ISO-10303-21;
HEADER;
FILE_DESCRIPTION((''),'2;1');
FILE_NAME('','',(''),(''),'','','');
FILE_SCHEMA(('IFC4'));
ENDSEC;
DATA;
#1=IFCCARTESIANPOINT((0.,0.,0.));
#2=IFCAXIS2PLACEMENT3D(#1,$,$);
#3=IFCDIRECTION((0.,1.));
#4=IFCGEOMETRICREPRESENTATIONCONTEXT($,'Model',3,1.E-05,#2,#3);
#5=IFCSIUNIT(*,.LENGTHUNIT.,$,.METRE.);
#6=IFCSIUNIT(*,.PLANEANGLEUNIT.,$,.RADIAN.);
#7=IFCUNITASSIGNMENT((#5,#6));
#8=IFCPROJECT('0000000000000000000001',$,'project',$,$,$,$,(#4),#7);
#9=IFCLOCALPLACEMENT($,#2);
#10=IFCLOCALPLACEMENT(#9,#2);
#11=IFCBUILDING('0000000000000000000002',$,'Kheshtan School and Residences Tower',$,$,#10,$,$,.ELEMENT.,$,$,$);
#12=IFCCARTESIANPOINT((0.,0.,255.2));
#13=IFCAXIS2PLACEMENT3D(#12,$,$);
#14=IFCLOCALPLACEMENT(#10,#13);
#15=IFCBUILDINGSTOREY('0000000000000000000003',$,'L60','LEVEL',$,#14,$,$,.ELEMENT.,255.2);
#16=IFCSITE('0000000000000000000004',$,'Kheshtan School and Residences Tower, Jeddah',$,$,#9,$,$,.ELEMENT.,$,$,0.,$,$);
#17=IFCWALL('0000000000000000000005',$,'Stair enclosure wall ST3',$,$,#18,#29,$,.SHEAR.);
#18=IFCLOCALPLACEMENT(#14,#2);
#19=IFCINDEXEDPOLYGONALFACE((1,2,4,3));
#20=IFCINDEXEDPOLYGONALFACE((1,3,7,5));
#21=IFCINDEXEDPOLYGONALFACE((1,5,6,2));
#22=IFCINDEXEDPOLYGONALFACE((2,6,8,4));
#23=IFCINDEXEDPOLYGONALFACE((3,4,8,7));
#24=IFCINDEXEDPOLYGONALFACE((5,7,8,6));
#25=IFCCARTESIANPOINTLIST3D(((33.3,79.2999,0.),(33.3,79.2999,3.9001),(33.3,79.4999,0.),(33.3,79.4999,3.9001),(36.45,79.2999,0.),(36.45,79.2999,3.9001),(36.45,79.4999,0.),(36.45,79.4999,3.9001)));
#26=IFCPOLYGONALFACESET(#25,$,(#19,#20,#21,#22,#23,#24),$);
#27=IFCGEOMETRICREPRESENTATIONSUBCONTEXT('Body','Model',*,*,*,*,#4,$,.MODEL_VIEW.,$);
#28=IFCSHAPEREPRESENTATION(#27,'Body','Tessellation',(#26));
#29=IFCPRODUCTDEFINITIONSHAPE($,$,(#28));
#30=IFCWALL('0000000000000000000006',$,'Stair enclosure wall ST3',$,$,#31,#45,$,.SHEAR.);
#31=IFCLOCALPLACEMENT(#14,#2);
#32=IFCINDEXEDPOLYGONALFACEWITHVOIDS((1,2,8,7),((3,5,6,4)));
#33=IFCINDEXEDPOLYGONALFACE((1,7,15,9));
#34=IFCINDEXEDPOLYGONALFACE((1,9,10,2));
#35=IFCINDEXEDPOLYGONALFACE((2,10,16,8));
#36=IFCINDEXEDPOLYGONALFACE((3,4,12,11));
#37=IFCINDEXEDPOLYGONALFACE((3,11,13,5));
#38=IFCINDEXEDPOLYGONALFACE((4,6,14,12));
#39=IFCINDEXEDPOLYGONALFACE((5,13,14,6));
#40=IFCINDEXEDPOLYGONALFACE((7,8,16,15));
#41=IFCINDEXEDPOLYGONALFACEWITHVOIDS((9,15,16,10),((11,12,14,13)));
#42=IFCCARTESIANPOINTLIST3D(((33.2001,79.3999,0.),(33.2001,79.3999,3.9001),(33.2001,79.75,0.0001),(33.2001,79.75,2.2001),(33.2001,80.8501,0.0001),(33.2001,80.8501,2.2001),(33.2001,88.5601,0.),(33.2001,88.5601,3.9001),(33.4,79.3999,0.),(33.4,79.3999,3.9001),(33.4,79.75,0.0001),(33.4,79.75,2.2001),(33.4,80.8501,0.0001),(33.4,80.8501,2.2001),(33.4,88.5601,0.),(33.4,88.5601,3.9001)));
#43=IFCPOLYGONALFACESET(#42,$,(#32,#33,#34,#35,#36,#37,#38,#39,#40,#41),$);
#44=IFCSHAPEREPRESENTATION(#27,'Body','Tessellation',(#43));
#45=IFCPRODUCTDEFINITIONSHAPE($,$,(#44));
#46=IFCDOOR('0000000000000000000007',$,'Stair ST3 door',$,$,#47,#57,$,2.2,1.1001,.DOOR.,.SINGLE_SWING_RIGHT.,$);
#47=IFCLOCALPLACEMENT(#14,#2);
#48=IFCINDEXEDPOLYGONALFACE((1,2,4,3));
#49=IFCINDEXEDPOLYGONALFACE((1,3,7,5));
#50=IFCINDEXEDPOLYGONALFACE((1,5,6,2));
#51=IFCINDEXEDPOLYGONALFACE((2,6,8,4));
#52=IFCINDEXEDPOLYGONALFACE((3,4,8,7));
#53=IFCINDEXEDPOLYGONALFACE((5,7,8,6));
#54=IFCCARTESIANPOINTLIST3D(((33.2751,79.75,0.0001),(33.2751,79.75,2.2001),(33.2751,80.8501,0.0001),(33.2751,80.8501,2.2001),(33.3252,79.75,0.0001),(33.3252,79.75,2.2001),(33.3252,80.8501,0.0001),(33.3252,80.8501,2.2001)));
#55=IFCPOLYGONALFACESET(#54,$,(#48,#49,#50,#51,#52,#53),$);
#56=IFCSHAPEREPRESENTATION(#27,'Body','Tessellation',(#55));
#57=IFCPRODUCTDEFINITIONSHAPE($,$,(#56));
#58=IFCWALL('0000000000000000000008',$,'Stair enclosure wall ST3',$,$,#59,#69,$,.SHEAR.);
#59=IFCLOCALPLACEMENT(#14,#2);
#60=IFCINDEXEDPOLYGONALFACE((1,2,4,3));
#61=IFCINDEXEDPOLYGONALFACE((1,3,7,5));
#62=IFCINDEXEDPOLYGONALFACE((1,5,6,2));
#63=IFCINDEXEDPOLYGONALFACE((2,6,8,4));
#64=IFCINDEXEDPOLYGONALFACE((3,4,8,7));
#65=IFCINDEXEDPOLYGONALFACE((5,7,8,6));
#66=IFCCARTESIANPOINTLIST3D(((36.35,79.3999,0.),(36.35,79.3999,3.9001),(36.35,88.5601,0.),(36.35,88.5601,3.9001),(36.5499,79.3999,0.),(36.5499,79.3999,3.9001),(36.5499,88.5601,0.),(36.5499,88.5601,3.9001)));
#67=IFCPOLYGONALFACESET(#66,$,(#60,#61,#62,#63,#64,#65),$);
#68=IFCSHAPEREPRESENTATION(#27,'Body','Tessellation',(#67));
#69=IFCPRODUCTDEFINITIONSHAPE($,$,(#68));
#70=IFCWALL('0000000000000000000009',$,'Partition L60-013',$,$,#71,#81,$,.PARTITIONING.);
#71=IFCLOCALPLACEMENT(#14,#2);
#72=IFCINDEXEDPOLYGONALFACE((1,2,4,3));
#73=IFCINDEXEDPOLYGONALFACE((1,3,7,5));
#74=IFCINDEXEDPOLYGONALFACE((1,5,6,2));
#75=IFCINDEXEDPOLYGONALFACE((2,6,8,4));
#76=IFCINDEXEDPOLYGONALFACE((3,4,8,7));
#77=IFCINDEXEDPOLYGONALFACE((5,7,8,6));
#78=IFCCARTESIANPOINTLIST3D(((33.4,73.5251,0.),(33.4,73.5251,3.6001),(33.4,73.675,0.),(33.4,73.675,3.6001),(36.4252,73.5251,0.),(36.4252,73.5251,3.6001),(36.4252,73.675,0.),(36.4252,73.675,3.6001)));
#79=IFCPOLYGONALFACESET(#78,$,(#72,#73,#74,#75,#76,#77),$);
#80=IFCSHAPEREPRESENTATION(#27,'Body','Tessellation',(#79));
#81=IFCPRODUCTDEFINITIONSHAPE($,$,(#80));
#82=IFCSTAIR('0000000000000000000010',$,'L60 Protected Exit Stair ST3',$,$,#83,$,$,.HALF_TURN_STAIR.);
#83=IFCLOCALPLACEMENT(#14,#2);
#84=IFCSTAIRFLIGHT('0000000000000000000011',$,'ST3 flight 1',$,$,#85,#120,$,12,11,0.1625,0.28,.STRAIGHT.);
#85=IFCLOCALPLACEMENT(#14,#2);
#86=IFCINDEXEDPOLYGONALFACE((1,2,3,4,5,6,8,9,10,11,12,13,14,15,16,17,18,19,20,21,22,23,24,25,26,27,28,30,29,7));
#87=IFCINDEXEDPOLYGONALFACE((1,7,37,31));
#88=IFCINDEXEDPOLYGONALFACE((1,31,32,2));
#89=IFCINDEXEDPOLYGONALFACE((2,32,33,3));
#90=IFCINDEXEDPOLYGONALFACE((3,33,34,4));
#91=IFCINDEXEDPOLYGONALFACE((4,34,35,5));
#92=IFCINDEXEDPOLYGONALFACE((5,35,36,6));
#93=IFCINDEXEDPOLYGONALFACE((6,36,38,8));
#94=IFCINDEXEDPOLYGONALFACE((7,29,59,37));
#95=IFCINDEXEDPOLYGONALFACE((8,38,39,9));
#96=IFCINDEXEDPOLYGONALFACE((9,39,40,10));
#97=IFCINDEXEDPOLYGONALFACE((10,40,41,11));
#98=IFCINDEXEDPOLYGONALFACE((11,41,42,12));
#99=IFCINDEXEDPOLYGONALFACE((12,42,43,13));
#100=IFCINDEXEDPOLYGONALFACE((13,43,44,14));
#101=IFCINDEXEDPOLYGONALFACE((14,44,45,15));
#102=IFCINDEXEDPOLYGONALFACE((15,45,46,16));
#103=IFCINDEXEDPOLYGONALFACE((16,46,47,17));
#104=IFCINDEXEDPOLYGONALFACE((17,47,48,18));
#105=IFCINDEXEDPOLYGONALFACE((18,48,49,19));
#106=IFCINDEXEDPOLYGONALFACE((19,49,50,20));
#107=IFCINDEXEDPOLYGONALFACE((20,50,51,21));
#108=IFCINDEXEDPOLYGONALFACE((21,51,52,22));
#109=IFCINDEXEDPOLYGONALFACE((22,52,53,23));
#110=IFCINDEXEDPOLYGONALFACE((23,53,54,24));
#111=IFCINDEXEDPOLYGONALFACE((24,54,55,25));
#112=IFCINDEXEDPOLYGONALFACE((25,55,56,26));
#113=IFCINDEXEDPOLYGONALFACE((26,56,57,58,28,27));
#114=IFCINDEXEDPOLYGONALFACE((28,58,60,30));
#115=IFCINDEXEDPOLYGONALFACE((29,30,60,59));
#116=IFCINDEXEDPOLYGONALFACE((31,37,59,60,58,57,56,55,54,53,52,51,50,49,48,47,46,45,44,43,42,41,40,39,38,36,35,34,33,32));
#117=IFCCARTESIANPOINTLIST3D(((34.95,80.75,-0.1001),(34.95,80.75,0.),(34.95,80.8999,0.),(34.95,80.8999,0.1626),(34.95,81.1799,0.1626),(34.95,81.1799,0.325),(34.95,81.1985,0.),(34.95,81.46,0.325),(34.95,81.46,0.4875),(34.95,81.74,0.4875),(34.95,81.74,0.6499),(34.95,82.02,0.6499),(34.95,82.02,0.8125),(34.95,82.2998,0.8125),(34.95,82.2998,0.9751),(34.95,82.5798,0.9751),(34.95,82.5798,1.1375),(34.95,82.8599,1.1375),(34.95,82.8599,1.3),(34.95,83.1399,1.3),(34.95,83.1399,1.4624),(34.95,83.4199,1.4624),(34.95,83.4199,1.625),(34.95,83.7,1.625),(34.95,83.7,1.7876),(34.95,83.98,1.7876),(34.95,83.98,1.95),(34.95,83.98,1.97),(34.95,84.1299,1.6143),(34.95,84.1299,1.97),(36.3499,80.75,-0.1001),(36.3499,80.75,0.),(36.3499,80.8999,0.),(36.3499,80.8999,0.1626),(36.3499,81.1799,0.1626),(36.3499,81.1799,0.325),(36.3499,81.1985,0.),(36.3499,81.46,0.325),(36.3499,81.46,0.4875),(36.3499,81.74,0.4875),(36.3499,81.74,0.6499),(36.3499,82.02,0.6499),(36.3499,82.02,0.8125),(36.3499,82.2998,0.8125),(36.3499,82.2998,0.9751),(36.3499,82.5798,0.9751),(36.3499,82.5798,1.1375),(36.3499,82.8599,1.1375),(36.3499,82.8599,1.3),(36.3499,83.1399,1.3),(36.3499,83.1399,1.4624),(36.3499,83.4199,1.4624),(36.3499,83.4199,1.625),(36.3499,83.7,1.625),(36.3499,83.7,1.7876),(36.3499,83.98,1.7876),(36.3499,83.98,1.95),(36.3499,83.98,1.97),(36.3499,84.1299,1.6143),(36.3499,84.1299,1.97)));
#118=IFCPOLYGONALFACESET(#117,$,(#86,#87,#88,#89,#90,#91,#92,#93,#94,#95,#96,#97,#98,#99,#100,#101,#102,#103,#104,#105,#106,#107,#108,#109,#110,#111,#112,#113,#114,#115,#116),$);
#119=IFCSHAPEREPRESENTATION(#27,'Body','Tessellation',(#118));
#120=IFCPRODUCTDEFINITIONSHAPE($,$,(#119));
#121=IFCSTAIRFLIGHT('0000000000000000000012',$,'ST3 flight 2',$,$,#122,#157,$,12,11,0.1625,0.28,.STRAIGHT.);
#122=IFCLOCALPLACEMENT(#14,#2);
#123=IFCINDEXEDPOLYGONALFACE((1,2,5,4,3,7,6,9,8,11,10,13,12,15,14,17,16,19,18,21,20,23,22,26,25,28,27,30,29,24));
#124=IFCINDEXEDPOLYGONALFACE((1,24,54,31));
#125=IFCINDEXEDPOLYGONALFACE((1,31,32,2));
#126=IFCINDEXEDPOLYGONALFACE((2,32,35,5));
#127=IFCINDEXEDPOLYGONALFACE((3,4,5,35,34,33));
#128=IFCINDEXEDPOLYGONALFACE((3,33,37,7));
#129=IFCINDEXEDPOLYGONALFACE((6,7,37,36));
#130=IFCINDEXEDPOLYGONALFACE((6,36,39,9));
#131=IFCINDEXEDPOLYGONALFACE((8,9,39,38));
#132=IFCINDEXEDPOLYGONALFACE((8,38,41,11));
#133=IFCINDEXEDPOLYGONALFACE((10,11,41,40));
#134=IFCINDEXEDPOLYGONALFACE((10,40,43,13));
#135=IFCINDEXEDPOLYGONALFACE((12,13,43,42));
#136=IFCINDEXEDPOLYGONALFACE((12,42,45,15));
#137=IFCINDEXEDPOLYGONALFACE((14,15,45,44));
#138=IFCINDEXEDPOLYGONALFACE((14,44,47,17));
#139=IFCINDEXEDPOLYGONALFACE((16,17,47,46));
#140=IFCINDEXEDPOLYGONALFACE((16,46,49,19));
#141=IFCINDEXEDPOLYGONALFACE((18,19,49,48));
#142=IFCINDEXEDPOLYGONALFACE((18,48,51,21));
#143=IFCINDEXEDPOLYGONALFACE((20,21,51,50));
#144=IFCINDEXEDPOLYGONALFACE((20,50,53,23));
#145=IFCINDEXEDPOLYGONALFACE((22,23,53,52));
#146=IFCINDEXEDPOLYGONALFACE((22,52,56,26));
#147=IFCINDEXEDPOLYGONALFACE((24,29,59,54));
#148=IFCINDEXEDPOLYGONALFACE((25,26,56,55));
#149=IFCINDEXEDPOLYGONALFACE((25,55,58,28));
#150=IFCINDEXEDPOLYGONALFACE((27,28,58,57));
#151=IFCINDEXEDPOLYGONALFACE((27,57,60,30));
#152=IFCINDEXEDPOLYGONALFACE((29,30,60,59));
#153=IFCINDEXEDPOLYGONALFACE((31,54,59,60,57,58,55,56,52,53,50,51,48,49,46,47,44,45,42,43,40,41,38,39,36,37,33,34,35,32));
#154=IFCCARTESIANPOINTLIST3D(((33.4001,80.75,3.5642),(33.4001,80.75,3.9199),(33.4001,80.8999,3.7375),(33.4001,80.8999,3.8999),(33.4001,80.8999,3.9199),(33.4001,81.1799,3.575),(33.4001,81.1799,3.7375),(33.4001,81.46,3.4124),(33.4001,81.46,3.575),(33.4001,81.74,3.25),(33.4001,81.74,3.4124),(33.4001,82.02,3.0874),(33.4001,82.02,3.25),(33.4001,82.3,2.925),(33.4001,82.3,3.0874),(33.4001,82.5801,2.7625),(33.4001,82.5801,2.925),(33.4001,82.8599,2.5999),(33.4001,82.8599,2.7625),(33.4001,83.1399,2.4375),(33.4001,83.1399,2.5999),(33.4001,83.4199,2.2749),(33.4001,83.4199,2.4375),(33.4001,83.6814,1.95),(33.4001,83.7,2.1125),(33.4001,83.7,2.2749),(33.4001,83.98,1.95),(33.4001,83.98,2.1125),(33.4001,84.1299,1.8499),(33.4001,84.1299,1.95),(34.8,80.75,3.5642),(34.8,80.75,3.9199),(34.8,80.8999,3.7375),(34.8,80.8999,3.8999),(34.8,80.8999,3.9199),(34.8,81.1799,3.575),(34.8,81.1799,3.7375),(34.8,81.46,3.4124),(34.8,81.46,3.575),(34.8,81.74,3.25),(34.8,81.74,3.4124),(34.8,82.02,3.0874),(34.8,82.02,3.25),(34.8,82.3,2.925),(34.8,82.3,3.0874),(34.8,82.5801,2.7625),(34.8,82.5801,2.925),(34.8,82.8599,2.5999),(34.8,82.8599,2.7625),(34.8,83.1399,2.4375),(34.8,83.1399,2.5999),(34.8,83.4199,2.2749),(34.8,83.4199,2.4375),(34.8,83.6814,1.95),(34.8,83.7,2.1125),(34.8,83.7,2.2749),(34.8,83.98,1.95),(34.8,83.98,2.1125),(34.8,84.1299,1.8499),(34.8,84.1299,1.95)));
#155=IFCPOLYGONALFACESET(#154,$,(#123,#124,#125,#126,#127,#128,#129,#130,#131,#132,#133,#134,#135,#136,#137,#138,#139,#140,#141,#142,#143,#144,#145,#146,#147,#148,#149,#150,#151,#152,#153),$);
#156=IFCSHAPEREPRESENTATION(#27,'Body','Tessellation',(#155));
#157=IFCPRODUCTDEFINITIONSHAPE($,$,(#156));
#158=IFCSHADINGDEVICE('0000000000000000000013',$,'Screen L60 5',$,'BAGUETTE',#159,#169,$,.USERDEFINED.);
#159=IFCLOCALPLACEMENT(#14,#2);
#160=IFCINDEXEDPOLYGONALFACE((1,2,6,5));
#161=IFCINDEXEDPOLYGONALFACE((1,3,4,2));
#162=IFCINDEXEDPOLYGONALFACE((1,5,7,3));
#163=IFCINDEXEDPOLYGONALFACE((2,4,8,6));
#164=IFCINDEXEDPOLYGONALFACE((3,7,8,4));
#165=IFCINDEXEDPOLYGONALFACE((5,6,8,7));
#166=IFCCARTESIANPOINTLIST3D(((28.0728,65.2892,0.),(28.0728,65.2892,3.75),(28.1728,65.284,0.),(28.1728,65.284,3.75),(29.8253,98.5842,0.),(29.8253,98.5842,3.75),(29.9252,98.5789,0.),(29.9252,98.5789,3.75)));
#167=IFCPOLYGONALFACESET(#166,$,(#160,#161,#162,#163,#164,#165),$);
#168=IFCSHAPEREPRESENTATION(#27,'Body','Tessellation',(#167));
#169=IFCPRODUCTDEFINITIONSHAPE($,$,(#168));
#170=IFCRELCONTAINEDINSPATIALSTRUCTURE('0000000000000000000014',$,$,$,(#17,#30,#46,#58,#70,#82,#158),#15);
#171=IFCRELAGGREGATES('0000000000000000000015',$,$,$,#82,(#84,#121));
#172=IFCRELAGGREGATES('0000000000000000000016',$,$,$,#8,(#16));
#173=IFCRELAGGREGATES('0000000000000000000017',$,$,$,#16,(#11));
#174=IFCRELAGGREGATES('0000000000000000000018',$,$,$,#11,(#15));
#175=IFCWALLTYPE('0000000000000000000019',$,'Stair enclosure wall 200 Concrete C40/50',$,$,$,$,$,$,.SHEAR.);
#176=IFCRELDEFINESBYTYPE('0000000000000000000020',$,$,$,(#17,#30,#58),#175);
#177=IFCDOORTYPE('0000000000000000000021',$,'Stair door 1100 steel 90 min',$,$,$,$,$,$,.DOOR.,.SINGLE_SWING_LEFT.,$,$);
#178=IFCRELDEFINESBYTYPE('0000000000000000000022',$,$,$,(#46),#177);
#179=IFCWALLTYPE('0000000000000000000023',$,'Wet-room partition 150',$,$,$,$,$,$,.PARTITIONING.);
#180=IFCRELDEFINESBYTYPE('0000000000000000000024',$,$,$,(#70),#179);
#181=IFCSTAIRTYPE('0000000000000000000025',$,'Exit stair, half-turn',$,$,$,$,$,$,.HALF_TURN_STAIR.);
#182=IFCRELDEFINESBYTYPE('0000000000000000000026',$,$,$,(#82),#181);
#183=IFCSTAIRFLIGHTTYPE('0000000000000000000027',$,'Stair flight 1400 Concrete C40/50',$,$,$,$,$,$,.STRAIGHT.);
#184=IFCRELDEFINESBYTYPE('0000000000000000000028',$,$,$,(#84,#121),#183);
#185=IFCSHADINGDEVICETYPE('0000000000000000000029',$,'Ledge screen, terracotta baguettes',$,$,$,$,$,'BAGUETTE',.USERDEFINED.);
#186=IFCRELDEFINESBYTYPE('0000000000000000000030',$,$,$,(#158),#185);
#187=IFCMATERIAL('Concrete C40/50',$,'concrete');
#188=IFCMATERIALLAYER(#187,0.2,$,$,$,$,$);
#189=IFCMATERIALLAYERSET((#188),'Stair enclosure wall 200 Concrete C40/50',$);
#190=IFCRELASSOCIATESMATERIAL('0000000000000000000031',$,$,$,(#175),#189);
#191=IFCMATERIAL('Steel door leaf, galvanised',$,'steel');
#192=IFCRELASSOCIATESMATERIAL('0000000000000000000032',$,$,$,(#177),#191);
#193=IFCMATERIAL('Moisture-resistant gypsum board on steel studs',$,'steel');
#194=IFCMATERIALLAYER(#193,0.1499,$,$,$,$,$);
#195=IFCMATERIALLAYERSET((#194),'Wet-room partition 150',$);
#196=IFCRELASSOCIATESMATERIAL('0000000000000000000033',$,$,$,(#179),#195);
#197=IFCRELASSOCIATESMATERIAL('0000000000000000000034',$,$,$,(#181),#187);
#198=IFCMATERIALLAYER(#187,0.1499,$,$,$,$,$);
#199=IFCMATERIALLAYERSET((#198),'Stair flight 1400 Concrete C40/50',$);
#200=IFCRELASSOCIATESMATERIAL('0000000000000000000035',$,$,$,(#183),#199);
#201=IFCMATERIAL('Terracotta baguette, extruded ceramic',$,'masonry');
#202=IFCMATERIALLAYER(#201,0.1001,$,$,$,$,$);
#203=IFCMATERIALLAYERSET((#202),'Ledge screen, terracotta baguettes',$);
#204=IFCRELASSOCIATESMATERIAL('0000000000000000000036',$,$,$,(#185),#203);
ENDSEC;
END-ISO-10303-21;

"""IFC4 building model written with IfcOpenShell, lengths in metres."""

from ifc_helpers import new_model, si_unit, direction, frame, frame_2d, origin, origin_2d, place, context, subcontext, project, spatial, polyline, rectangle, outline, extrude, source, transform, mapped, material, layer, layer_set, type_object, element, fill, aggregate, save


model = new_model("IFC4")

# Units and contexts
model_context = context("Model", 3, precision=1e-05, world=origin(), true_north=direction((0.0, 1.0)))
body_context = subcontext(model_context, "Body", "Model", "MODEL_VIEW")
ifc_project = project(units=[si_unit("LENGTHUNIT", "METRE"), si_unit("PLANEANGLEUNIT", "RADIAN")], contexts=[model_context])

# Site, building, storey
site_placement = place(None, origin())
site = spatial("IfcSite", under=ifc_project, at=site_placement, Name="Kheshtan School and Residences Tower, Jeddah", CompositionType="ELEMENT", RefElevation=0.0)
building_placement = place(site_placement, origin())
building = spatial("IfcBuilding", under=site, at=building_placement, Name="Kheshtan School and Residences Tower", CompositionType="ELEMENT")
storey_placement = place(building_placement, frame((0.0, 0.0, 255.2)))
storey = spatial("IfcBuildingStorey", under=building, at=storey_placement, Name="L60", Description="LEVEL", CompositionType="ELEMENT", Elevation=255.2)

# Wall
ifc_material_1 = material(Name="Concrete C40/50", Category="concrete")
ifc_layer_1 = layer(ifc_material_1, 0.2)
ifc_layer_set_1 = layer_set([ifc_layer_1], Name="Stair enclosure wall 200 Concrete C40/50")
wall_type_1 = type_object("IfcWallType", Name="Stair enclosure wall 200 Concrete C40/50", PredefinedType="SHEAR", material=ifc_layer_set_1)
wall_1_placement = place(storey_placement, frame((33.3, 79.3999, 0.0), z_axis=(0.0, 0.0, 1.0), x_axis=(1.0, 0.0, 0.0)))
element("IfcWall", 1, at=wall_1_placement, inside=storey, type_object=wall_type_1, Name="Stair enclosure wall ST3", PredefinedType="SHEAR", context=body_context, shape_type="SweptSolid", body=[
    extrude(rectangle(XDim=3.1499, YDim=0.2, at=frame_2d((1.575, 0.0))), origin(), (0.0, 0.0, 1.0), 3.9001),
])

# Wall, opening, door
wall_2_placement = place(storey_placement, frame((33.3, 79.3999, 0.0), z_axis=(0.0, 0.0, 1.0), x_axis=(0.0, 1.0, 0.0)))
wall_2 = element("IfcWall", 2, at=wall_2_placement, inside=storey, type_object=wall_type_1, Name="Stair enclosure wall ST3", PredefinedType="SHEAR", context=body_context, shape_type="SweptSolid", body=[
    extrude(rectangle(XDim=9.1602, YDim=0.2, at=frame_2d((4.5801, 0.0))), origin(), (0.0, 0.0, 1.0), 3.9001),
])
opening_1_placement = place(wall_2_placement, frame((0.3501, 0.0, 0.0)))
opening_1 = element("IfcOpeningElement", 3, at=opening_1_placement, cuts=wall_2, PredefinedType="OPENING", context=body_context, shape_type="SweptSolid", body=[
    extrude(rectangle(XDim=1.1001, YDim=2.2, at=frame_2d((0.55, 1.1001))), frame((0.0, 0.1099, 0.0), z_axis=(0.0, -1.0, 0.0), x_axis=(1.0, 0.0, 0.0)), (0.0, 0.0, 1.0), 0.22),
])
ifc_material_2 = material(Name="Steel door leaf, galvanised", Category="steel")
door_type_1 = type_object("IfcDoorType", Name="Stair door 1100 steel 90 min", OperationType="SINGLE_SWING_LEFT", PredefinedType="DOOR", material=ifc_material_2)
shared_shape_1 = source(origin(), body_context, "Body", "SweptSolid", [
    extrude(rectangle(XDim=1.1001, YDim=2.2, at=frame_2d((0.55, 1.1001))), frame((0.0, 0.0249, 0.0), z_axis=(0.0, -1.0, 0.0), x_axis=(1.0, 0.0, 0.0)), (0.0, 0.0, 1.0), 0.05),
])
door_1_placement = place(opening_1_placement, origin())
door_1 = element("IfcDoor", 4, at=door_1_placement, inside=storey, type_object=door_type_1, Name="Stair ST3 door", OperationType="SINGLE_SWING_RIGHT", OverallHeight=2.2, OverallWidth=1.1001, PredefinedType="DOOR", context=body_context, shape_type="MappedRepresentation", body=[
    mapped(shared_shape_1, transform((0.0, 0.0, 0.0), x_axis=(1.0, 0.0, 0.0), y_axis=(0.0, 1.0, 0.0), z_axis=(0.0, 0.0, 1.0), scale=1.0)),
])
fill(opening_1, door_1)

# Walls
wall_3_placement = place(storey_placement, frame((36.45, 79.3999, 0.0), z_axis=(0.0, 0.0, 1.0), x_axis=(0.0, 1.0, 0.0)))
element("IfcWall", 5, at=wall_3_placement, inside=storey, type_object=wall_type_1, Name="Stair enclosure wall ST3", PredefinedType="SHEAR", context=body_context, shape_type="SweptSolid", body=[
    extrude(rectangle(XDim=9.1602, YDim=0.2, at=frame_2d((4.5801, 0.0))), origin(), (0.0, 0.0, 1.0), 3.9001),
])
ifc_material_3 = material(Name="Moisture-resistant gypsum board on steel studs", Category="steel")
ifc_layer_2 = layer(ifc_material_3, 0.1499)
ifc_layer_set_2 = layer_set([ifc_layer_2], Name="Wet-room partition 150")
wall_type_2 = type_object("IfcWallType", Name="Wet-room partition 150", PredefinedType="PARTITIONING", material=ifc_layer_set_2)
wall_4_placement = place(storey_placement, frame((33.3999, 73.6001, 0.0), z_axis=(0.0, 0.0, 1.0), x_axis=(1.0, 0.0, 0.0)))
element("IfcWall", 6, at=wall_4_placement, inside=storey, type_object=wall_type_2, Name="Partition L60-013", PredefinedType="PARTITIONING", context=body_context, shape_type="SweptSolid", body=[
    extrude(rectangle(XDim=3.0251, YDim=0.1499, at=frame_2d((1.5127, 0.0))), origin(), (0.0, 0.0, 1.0), 3.6001),
])

# Stair, stair flights
stair_type = type_object("IfcStairType", Name="Exit stair, half-turn", PredefinedType="HALF_TURN_STAIR", material=ifc_material_1)
stair_placement = place(storey_placement, origin())
stair = element("IfcStair", 7, at=stair_placement, inside=storey, type_object=stair_type, Name="L60 Protected Exit Stair ST3", PredefinedType="HALF_TURN_STAIR")
ifc_layer_3 = layer(ifc_material_1, 0.1499)
ifc_layer_set_3 = layer_set([ifc_layer_3], Name="Stair flight 1400 Concrete C40/50")
stair_flight_type = type_object("IfcStairFlightType", Name="Stair flight 1400 Concrete C40/50", PredefinedType="STRAIGHT", material=ifc_layer_set_3)
stair_flight_1_placement = place(storey_placement, frame((35.6499, 80.8999, 0.0), z_axis=(0.0, 0.0, 1.0), x_axis=(0.0, 1.0, 0.0)))
stair_flight_1 = element("IfcStairFlight", 8, at=stair_flight_1_placement, type_object=stair_flight_type, Name="ST3 flight 1", NumberOfRisers=12, NumberOfTreads=11, PredefinedType="STRAIGHT", RiserHeight=0.1625, TreadLength=0.28, context=body_context, shape_type="SweptSolid", body=[
    extrude(outline(polyline([(-0.1499, -0.1001), (-0.1499, 0.0), (0.0, 0.0), (0.0, 0.1626), (0.28, 0.1626), (0.28, 0.325), (0.5601, 0.325), (0.5601, 0.4875), (0.8401, 0.4875), (0.8401, 0.6499), (1.1201, 0.6499), (1.1201, 0.8125), (1.3999, 0.8125), (1.3999, 0.9751), (1.6799, 0.9751), (1.6799, 1.1375), (1.96, 1.1375), (1.96, 1.3), (2.24, 1.3), (2.24, 1.4624), (2.52, 1.4624), (2.52, 1.625), (2.8, 1.625), (2.8, 1.7876), (3.0801, 1.7876), (3.0801, 1.95), (3.0801, 1.97), (3.23, 1.97), (3.23, 1.6143), (0.2986, 0.0), (-0.1499, -0.1001)])), frame((0.0, 0.7, 0.0), z_axis=(0.0, -1.0, 0.0), x_axis=(1.0, 0.0, 0.0)), (0.0, 0.0, 1.0), 1.3999),
])
stair_flight_2_placement = place(storey_placement, frame((34.1001, 83.98, 1.95), z_axis=(0.0, 0.0, 1.0), x_axis=(0.0, -1.0, 0.0)))
stair_flight_2 = element("IfcStairFlight", 9, at=stair_flight_2_placement, type_object=stair_flight_type, Name="ST3 flight 2", NumberOfRisers=12, NumberOfTreads=11, PredefinedType="STRAIGHT", RiserHeight=0.1625, TreadLength=0.28, context=body_context, shape_type="SweptSolid", body=[
    extrude(outline(polyline([(-0.1499, -0.1001), (-0.1499, 0.0), (0.0, 0.0), (0.0, 0.1626), (0.28, 0.1626), (0.28, 0.325), (0.5601, 0.325), (0.5601, 0.4875), (0.8401, 0.4875), (0.8401, 0.6499), (1.1201, 0.6499), (1.1201, 0.8125), (1.3999, 0.8125), (1.3999, 0.9751), (1.6799, 0.9751), (1.6799, 1.1375), (1.96, 1.1375), (1.96, 1.3), (2.24, 1.3), (2.24, 1.4624), (2.52, 1.4624), (2.52, 1.625), (2.8, 1.625), (2.8, 1.7876), (3.0801, 1.7876), (3.0801, 1.95), (3.0801, 1.97), (3.23, 1.97), (3.23, 1.6143), (0.2986, 0.0), (-0.1499, -0.1001)])), frame((0.0, 0.7, 0.0), z_axis=(0.0, -1.0, 0.0), x_axis=(1.0, 0.0, 0.0)), (0.0, 0.0, 1.0), 1.3999),
])
aggregate(stair, [stair_flight_1, stair_flight_2])

# Shading device
ifc_material_4 = material(Name="Terracotta baguette, extruded ceramic", Category="masonry")
ifc_layer_4 = layer(ifc_material_4, 0.1001)
ifc_layer_set_4 = layer_set([ifc_layer_4], Name="Ledge screen, terracotta baguettes")
shading_device_type = type_object("IfcShadingDeviceType", Name="Ledge screen, terracotta baguettes", ElementType="BAGUETTE", PredefinedType="USERDEFINED", material=ifc_layer_set_4)
shading_device_placement = place(storey_placement, frame((28.999, 81.9341, 0.0), z_axis=(0.0, 0.0, 1.0), x_axis=(0.052563, 0.998618, 0.0)))
element("IfcShadingDevice", 10, at=shading_device_placement, inside=storey, type_object=shading_device_type, Name="Screen L60 5", ObjectType="BAGUETTE", PredefinedType="USERDEFINED", context=body_context, shape_type="SweptSolid", body=[
    extrude(rectangle(XDim=33.3411, YDim=0.1001, at=origin_2d()), origin(), (0.0, 0.0, 1.0), 3.75),
])

save(model, "model.ifc")
